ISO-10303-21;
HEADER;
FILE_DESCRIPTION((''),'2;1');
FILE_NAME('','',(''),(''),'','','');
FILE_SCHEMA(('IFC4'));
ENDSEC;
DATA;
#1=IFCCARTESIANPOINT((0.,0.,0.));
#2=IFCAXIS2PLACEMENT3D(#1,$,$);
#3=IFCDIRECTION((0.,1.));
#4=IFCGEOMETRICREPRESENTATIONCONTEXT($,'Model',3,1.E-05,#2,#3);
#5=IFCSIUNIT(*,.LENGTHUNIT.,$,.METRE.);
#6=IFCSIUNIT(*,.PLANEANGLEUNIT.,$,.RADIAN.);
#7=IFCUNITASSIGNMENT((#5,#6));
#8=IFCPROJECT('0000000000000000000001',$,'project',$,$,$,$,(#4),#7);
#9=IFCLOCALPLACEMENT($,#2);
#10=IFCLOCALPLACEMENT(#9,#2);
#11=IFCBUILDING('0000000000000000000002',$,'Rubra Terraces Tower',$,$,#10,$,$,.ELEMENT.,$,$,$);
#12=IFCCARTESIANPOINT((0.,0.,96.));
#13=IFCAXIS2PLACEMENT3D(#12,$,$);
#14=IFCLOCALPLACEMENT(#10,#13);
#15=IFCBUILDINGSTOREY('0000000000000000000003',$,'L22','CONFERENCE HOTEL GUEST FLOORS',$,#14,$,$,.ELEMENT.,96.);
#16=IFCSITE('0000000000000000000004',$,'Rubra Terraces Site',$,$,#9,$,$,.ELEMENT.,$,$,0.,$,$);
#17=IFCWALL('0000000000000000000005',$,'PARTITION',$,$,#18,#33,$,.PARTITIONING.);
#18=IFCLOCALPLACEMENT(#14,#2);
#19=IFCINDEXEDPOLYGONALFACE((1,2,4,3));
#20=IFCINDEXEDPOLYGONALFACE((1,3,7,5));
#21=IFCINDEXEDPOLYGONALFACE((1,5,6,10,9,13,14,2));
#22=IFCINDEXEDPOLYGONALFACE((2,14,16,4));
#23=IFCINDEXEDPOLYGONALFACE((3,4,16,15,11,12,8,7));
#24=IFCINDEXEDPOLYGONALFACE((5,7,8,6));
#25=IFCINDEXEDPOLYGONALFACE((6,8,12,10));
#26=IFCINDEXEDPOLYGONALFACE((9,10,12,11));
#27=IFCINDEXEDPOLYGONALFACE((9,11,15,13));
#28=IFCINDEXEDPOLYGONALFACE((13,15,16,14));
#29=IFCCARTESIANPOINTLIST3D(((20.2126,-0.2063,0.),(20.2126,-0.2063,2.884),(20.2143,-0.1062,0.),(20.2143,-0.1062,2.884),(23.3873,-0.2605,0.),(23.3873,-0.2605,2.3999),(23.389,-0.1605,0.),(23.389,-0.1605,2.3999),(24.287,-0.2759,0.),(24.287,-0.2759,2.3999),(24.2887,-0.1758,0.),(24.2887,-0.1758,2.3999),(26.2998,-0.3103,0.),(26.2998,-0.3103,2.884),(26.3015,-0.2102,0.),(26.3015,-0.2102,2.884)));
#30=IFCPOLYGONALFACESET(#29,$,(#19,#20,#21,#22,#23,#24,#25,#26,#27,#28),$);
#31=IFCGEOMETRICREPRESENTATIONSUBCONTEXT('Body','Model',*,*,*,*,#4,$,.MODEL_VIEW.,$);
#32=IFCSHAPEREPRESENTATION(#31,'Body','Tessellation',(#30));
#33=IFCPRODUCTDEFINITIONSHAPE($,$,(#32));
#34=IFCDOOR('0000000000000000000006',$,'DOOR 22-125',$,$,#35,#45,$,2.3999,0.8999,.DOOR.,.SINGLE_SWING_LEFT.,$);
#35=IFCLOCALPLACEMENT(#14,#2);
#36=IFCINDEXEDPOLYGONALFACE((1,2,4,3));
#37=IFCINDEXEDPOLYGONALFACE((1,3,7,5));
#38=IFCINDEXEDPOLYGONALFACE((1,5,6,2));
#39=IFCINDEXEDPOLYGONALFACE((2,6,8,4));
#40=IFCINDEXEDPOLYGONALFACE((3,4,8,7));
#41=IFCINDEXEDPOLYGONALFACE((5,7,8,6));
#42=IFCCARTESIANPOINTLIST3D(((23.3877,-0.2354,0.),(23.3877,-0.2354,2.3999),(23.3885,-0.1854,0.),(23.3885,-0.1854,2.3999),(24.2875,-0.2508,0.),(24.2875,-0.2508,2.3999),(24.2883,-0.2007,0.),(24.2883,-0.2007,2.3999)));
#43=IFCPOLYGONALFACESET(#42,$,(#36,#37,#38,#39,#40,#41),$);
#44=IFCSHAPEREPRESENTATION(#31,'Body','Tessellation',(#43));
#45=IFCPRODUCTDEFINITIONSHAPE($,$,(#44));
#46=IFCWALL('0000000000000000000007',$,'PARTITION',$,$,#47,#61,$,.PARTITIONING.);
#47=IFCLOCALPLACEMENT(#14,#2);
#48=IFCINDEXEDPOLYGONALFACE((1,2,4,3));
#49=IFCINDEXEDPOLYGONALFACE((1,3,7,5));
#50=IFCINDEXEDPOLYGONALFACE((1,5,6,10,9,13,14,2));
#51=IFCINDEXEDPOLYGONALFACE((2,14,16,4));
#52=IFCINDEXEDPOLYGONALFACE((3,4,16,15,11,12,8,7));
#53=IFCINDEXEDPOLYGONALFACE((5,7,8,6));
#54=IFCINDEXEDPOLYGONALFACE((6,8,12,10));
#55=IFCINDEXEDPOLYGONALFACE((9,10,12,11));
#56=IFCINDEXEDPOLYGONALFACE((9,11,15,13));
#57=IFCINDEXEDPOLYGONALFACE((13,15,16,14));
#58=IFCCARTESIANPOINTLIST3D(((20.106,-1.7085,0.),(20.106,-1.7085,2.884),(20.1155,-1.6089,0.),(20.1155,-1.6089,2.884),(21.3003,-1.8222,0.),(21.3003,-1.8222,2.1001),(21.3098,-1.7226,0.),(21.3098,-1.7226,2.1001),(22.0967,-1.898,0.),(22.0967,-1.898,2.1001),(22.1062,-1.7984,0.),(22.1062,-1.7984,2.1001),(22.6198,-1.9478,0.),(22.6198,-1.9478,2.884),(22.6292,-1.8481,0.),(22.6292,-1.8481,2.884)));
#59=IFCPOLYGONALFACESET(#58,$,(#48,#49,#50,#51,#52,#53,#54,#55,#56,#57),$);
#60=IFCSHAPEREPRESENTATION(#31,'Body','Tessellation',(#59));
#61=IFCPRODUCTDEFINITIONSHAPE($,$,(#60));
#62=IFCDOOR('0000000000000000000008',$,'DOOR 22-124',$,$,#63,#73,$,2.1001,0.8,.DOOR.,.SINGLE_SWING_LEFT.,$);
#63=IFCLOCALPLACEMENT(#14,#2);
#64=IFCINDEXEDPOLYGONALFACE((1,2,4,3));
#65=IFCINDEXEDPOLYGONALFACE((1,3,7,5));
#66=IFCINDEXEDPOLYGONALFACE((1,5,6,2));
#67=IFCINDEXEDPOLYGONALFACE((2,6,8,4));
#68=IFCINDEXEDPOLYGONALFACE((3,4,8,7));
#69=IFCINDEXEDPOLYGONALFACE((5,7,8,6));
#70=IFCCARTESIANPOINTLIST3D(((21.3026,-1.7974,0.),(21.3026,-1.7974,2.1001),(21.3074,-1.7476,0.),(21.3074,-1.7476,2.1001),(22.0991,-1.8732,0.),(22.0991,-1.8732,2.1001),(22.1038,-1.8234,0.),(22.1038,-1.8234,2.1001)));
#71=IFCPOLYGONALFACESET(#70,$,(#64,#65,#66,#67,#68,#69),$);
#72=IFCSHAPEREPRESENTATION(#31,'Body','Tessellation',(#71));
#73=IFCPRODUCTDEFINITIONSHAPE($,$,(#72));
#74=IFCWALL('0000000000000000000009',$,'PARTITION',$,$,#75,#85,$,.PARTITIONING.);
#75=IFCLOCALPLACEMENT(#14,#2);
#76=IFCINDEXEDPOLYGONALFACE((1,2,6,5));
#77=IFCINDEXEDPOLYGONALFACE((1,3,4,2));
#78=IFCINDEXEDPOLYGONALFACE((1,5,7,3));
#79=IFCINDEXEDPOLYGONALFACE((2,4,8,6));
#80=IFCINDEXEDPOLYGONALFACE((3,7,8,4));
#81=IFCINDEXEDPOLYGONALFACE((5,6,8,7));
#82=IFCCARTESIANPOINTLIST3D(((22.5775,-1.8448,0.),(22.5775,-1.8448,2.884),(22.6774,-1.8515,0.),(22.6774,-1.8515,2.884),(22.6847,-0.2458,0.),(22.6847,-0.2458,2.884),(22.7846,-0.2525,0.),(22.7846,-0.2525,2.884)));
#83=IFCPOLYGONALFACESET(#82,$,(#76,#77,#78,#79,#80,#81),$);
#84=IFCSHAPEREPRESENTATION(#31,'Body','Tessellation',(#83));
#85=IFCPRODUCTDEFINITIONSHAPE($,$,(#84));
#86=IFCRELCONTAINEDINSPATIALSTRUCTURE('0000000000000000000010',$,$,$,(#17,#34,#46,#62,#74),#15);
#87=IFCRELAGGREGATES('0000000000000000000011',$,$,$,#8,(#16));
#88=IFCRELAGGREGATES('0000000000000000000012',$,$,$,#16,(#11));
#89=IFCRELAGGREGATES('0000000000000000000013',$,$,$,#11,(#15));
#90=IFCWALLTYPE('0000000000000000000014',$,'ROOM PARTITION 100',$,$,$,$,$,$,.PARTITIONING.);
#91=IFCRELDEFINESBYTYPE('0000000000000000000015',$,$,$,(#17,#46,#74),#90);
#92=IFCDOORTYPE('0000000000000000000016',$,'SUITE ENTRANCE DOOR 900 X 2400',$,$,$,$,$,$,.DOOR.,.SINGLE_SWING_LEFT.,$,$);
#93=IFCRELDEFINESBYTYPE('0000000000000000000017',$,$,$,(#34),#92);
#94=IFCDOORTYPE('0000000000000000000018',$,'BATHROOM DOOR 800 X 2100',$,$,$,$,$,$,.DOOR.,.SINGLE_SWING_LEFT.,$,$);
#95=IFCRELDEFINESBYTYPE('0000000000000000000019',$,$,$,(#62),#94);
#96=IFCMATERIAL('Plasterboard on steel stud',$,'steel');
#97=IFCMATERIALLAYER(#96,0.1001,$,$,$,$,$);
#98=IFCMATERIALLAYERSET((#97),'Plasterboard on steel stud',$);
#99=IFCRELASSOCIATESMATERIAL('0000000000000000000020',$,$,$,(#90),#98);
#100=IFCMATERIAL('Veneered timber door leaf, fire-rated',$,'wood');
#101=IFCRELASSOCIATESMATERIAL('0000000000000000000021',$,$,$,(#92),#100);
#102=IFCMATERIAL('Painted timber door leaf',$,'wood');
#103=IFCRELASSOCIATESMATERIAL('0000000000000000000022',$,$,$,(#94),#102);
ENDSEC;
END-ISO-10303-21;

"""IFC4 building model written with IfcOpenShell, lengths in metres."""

from ifc_helpers import new_model, si_unit, direction, frame, frame_2d, origin, place, context, subcontext, project, spatial, rectangle, extrude, material, layer, layer_set, type_object, element, fill, save


model = new_model("IFC4")

# Units and contexts
model_context = context("Model", 3, precision=1e-05, world=origin(), true_north=direction((0.0, 1.0)))
body_context = subcontext(model_context, "Body", "Model", "MODEL_VIEW")
ifc_project = project(units=[si_unit("LENGTHUNIT", "METRE"), si_unit("PLANEANGLEUNIT", "RADIAN")], contexts=[model_context])

# Site, building, storey
site_placement = place(None, origin())
site = spatial("IfcSite", under=ifc_project, at=site_placement, Name="Rubra Terraces Site", CompositionType="ELEMENT", RefElevation=0.0)
building_placement = place(site_placement, origin())
building = spatial("IfcBuilding", under=site, at=building_placement, Name="Rubra Terraces Tower", CompositionType="ELEMENT")
storey_placement = place(building_placement, frame((0.0, 0.0, 96.0)))
storey = spatial("IfcBuildingStorey", under=building, at=storey_placement, Name="L22", Description="CONFERENCE HOTEL GUEST FLOORS", CompositionType="ELEMENT", Elevation=96.0)

# Shared definitions
ifc_material_1 = material(Name="Painted timber door leaf", Category="wood")

# Walls, openings, doors
ifc_material_2 = material(Name="Plasterboard on steel stud", Category="steel")
ifc_layer_1 = layer(ifc_material_2, 0.1001)
ifc_layer_set_1 = layer_set([ifc_layer_1], Name="Plasterboard on steel stud")
wall_type_1 = type_object("IfcWallType", Name="ROOM PARTITION 100", PredefinedType="PARTITIONING", material=ifc_layer_set_1)
wall_1_placement = place(storey_placement, frame((26.3005, -0.2603, 0.0), z_axis=(0.0, 0.0, 1.0), x_axis=(-0.999854, 0.017083, 0.0)))
wall_1 = element("IfcWall", 1, at=wall_1_placement, inside=storey, type_object=wall_type_1, Name="PARTITION", PredefinedType="PARTITIONING", context=body_context, shape_type="SweptSolid", body=[
    extrude(rectangle(XDim=6.0881, YDim=0.1001, at=frame_2d((3.0439, 0.0))), origin(), (0.0, 0.0, 1.0), 2.884),
])
opening_1_placement = place(wall_1_placement, frame((2.0129, 0.0, 0.0)))
opening_1 = element("IfcOpeningElement", 2, at=opening_1_placement, cuts=wall_1, PredefinedType="OPENING", context=body_context, shape_type="SweptSolid", body=[
    extrude(rectangle(XDim=0.8999, YDim=2.3999, at=frame_2d((0.45, 1.2))), frame((0.0, 0.0601, 0.0), z_axis=(0.0, -1.0, 0.0), x_axis=(1.0, 0.0, 0.0)), (0.0, 0.0, 1.0), 0.1201),
])
ifc_material_3 = material(Name="Veneered timber door leaf, fire-rated", Category="wood")
door_type_1 = type_object("IfcDoorType", Name="SUITE ENTRANCE DOOR 900 X 2400", OperationType="SINGLE_SWING_LEFT", PredefinedType="DOOR", material=ifc_material_3)
door_1_placement = place(opening_1_placement, origin())
door_1 = element("IfcDoor", 3, at=door_1_placement, inside=storey, type_object=door_type_1, Name="DOOR 22-125", OperationType="SINGLE_SWING_LEFT", OverallHeight=2.3999, OverallWidth=0.8999, PredefinedType="DOOR", context=body_context, shape_type="SweptSolid", body=[
    extrude(rectangle(XDim=0.8999, YDim=2.3999, at=frame_2d((0.45, 1.2))), frame((0.0, 0.0249, 0.0), z_axis=(0.0, -1.0, 0.0), x_axis=(1.0, 0.0, 0.0)), (0.0, 0.0, 1.0), 0.05),
])
fill(opening_1, door_1)
wall_2_placement = place(storey_placement, frame((20.1106, -1.6587, 0.0), z_axis=(0.0, 0.0, 1.0), x_axis=(0.995501, -0.094754, 0.0)))
wall_2 = element("IfcWall", 4, at=wall_2_placement, inside=storey, type_object=wall_type_1, Name="PARTITION", PredefinedType="PARTITIONING", context=body_context, shape_type="SweptSolid", body=[
    extrude(rectangle(XDim=2.5251, YDim=0.1001, at=frame_2d((1.2627, 0.0))), origin(), (0.0, 0.0, 1.0), 2.884),
])
opening_2_placement = place(wall_2_placement, frame((1.2, 0.0, 0.0)))
opening_2 = element("IfcOpeningElement", 5, at=opening_2_placement, cuts=wall_2, PredefinedType="OPENING", context=body_context, shape_type="SweptSolid", body=[
    extrude(rectangle(XDim=0.8, YDim=2.1001, at=frame_2d((0.3999, 1.05))), frame((0.0, 0.0601, 0.0), z_axis=(0.0, -1.0, 0.0), x_axis=(1.0, 0.0, 0.0)), (0.0, 0.0, 1.0), 0.1201),
])
door_type_2 = type_object("IfcDoorType", Name="BATHROOM DOOR 800 X 2100", OperationType="SINGLE_SWING_LEFT", PredefinedType="DOOR", material=ifc_material_1)
door_2_placement = place(opening_2_placement, origin())
door_2 = element("IfcDoor", 6, at=door_2_placement, inside=storey, type_object=door_type_2, Name="DOOR 22-124", OperationType="SINGLE_SWING_LEFT", OverallHeight=2.1001, OverallWidth=0.8, PredefinedType="DOOR", context=body_context, shape_type="SweptSolid", body=[
    extrude(rectangle(XDim=0.8, YDim=2.1001, at=frame_2d((0.3999, 1.05))), frame((0.0, 0.0249, 0.0), z_axis=(0.0, -1.0, 0.0), x_axis=(1.0, 0.0, 0.0)), (0.0, 0.0, 1.0), 0.05),
])
fill(opening_2, door_2)

# Wall
wall_3_placement = place(storey_placement, frame((22.6274, -1.8481, 0.0), z_axis=(0.0, 0.0, 1.0), x_axis=(0.066883, 0.997761, 0.0)))
element("IfcWall", 7, at=wall_3_placement, inside=storey, type_object=wall_type_1, Name="PARTITION", PredefinedType="PARTITIONING", context=body_context, shape_type="SweptSolid", body=[
    extrude(rectangle(XDim=1.6025, YDim=0.1001, at=frame_2d((0.8013, 0.0))), origin(), (0.0, 0.0, 1.0), 2.884),
])

save(model, "model.ifc")
